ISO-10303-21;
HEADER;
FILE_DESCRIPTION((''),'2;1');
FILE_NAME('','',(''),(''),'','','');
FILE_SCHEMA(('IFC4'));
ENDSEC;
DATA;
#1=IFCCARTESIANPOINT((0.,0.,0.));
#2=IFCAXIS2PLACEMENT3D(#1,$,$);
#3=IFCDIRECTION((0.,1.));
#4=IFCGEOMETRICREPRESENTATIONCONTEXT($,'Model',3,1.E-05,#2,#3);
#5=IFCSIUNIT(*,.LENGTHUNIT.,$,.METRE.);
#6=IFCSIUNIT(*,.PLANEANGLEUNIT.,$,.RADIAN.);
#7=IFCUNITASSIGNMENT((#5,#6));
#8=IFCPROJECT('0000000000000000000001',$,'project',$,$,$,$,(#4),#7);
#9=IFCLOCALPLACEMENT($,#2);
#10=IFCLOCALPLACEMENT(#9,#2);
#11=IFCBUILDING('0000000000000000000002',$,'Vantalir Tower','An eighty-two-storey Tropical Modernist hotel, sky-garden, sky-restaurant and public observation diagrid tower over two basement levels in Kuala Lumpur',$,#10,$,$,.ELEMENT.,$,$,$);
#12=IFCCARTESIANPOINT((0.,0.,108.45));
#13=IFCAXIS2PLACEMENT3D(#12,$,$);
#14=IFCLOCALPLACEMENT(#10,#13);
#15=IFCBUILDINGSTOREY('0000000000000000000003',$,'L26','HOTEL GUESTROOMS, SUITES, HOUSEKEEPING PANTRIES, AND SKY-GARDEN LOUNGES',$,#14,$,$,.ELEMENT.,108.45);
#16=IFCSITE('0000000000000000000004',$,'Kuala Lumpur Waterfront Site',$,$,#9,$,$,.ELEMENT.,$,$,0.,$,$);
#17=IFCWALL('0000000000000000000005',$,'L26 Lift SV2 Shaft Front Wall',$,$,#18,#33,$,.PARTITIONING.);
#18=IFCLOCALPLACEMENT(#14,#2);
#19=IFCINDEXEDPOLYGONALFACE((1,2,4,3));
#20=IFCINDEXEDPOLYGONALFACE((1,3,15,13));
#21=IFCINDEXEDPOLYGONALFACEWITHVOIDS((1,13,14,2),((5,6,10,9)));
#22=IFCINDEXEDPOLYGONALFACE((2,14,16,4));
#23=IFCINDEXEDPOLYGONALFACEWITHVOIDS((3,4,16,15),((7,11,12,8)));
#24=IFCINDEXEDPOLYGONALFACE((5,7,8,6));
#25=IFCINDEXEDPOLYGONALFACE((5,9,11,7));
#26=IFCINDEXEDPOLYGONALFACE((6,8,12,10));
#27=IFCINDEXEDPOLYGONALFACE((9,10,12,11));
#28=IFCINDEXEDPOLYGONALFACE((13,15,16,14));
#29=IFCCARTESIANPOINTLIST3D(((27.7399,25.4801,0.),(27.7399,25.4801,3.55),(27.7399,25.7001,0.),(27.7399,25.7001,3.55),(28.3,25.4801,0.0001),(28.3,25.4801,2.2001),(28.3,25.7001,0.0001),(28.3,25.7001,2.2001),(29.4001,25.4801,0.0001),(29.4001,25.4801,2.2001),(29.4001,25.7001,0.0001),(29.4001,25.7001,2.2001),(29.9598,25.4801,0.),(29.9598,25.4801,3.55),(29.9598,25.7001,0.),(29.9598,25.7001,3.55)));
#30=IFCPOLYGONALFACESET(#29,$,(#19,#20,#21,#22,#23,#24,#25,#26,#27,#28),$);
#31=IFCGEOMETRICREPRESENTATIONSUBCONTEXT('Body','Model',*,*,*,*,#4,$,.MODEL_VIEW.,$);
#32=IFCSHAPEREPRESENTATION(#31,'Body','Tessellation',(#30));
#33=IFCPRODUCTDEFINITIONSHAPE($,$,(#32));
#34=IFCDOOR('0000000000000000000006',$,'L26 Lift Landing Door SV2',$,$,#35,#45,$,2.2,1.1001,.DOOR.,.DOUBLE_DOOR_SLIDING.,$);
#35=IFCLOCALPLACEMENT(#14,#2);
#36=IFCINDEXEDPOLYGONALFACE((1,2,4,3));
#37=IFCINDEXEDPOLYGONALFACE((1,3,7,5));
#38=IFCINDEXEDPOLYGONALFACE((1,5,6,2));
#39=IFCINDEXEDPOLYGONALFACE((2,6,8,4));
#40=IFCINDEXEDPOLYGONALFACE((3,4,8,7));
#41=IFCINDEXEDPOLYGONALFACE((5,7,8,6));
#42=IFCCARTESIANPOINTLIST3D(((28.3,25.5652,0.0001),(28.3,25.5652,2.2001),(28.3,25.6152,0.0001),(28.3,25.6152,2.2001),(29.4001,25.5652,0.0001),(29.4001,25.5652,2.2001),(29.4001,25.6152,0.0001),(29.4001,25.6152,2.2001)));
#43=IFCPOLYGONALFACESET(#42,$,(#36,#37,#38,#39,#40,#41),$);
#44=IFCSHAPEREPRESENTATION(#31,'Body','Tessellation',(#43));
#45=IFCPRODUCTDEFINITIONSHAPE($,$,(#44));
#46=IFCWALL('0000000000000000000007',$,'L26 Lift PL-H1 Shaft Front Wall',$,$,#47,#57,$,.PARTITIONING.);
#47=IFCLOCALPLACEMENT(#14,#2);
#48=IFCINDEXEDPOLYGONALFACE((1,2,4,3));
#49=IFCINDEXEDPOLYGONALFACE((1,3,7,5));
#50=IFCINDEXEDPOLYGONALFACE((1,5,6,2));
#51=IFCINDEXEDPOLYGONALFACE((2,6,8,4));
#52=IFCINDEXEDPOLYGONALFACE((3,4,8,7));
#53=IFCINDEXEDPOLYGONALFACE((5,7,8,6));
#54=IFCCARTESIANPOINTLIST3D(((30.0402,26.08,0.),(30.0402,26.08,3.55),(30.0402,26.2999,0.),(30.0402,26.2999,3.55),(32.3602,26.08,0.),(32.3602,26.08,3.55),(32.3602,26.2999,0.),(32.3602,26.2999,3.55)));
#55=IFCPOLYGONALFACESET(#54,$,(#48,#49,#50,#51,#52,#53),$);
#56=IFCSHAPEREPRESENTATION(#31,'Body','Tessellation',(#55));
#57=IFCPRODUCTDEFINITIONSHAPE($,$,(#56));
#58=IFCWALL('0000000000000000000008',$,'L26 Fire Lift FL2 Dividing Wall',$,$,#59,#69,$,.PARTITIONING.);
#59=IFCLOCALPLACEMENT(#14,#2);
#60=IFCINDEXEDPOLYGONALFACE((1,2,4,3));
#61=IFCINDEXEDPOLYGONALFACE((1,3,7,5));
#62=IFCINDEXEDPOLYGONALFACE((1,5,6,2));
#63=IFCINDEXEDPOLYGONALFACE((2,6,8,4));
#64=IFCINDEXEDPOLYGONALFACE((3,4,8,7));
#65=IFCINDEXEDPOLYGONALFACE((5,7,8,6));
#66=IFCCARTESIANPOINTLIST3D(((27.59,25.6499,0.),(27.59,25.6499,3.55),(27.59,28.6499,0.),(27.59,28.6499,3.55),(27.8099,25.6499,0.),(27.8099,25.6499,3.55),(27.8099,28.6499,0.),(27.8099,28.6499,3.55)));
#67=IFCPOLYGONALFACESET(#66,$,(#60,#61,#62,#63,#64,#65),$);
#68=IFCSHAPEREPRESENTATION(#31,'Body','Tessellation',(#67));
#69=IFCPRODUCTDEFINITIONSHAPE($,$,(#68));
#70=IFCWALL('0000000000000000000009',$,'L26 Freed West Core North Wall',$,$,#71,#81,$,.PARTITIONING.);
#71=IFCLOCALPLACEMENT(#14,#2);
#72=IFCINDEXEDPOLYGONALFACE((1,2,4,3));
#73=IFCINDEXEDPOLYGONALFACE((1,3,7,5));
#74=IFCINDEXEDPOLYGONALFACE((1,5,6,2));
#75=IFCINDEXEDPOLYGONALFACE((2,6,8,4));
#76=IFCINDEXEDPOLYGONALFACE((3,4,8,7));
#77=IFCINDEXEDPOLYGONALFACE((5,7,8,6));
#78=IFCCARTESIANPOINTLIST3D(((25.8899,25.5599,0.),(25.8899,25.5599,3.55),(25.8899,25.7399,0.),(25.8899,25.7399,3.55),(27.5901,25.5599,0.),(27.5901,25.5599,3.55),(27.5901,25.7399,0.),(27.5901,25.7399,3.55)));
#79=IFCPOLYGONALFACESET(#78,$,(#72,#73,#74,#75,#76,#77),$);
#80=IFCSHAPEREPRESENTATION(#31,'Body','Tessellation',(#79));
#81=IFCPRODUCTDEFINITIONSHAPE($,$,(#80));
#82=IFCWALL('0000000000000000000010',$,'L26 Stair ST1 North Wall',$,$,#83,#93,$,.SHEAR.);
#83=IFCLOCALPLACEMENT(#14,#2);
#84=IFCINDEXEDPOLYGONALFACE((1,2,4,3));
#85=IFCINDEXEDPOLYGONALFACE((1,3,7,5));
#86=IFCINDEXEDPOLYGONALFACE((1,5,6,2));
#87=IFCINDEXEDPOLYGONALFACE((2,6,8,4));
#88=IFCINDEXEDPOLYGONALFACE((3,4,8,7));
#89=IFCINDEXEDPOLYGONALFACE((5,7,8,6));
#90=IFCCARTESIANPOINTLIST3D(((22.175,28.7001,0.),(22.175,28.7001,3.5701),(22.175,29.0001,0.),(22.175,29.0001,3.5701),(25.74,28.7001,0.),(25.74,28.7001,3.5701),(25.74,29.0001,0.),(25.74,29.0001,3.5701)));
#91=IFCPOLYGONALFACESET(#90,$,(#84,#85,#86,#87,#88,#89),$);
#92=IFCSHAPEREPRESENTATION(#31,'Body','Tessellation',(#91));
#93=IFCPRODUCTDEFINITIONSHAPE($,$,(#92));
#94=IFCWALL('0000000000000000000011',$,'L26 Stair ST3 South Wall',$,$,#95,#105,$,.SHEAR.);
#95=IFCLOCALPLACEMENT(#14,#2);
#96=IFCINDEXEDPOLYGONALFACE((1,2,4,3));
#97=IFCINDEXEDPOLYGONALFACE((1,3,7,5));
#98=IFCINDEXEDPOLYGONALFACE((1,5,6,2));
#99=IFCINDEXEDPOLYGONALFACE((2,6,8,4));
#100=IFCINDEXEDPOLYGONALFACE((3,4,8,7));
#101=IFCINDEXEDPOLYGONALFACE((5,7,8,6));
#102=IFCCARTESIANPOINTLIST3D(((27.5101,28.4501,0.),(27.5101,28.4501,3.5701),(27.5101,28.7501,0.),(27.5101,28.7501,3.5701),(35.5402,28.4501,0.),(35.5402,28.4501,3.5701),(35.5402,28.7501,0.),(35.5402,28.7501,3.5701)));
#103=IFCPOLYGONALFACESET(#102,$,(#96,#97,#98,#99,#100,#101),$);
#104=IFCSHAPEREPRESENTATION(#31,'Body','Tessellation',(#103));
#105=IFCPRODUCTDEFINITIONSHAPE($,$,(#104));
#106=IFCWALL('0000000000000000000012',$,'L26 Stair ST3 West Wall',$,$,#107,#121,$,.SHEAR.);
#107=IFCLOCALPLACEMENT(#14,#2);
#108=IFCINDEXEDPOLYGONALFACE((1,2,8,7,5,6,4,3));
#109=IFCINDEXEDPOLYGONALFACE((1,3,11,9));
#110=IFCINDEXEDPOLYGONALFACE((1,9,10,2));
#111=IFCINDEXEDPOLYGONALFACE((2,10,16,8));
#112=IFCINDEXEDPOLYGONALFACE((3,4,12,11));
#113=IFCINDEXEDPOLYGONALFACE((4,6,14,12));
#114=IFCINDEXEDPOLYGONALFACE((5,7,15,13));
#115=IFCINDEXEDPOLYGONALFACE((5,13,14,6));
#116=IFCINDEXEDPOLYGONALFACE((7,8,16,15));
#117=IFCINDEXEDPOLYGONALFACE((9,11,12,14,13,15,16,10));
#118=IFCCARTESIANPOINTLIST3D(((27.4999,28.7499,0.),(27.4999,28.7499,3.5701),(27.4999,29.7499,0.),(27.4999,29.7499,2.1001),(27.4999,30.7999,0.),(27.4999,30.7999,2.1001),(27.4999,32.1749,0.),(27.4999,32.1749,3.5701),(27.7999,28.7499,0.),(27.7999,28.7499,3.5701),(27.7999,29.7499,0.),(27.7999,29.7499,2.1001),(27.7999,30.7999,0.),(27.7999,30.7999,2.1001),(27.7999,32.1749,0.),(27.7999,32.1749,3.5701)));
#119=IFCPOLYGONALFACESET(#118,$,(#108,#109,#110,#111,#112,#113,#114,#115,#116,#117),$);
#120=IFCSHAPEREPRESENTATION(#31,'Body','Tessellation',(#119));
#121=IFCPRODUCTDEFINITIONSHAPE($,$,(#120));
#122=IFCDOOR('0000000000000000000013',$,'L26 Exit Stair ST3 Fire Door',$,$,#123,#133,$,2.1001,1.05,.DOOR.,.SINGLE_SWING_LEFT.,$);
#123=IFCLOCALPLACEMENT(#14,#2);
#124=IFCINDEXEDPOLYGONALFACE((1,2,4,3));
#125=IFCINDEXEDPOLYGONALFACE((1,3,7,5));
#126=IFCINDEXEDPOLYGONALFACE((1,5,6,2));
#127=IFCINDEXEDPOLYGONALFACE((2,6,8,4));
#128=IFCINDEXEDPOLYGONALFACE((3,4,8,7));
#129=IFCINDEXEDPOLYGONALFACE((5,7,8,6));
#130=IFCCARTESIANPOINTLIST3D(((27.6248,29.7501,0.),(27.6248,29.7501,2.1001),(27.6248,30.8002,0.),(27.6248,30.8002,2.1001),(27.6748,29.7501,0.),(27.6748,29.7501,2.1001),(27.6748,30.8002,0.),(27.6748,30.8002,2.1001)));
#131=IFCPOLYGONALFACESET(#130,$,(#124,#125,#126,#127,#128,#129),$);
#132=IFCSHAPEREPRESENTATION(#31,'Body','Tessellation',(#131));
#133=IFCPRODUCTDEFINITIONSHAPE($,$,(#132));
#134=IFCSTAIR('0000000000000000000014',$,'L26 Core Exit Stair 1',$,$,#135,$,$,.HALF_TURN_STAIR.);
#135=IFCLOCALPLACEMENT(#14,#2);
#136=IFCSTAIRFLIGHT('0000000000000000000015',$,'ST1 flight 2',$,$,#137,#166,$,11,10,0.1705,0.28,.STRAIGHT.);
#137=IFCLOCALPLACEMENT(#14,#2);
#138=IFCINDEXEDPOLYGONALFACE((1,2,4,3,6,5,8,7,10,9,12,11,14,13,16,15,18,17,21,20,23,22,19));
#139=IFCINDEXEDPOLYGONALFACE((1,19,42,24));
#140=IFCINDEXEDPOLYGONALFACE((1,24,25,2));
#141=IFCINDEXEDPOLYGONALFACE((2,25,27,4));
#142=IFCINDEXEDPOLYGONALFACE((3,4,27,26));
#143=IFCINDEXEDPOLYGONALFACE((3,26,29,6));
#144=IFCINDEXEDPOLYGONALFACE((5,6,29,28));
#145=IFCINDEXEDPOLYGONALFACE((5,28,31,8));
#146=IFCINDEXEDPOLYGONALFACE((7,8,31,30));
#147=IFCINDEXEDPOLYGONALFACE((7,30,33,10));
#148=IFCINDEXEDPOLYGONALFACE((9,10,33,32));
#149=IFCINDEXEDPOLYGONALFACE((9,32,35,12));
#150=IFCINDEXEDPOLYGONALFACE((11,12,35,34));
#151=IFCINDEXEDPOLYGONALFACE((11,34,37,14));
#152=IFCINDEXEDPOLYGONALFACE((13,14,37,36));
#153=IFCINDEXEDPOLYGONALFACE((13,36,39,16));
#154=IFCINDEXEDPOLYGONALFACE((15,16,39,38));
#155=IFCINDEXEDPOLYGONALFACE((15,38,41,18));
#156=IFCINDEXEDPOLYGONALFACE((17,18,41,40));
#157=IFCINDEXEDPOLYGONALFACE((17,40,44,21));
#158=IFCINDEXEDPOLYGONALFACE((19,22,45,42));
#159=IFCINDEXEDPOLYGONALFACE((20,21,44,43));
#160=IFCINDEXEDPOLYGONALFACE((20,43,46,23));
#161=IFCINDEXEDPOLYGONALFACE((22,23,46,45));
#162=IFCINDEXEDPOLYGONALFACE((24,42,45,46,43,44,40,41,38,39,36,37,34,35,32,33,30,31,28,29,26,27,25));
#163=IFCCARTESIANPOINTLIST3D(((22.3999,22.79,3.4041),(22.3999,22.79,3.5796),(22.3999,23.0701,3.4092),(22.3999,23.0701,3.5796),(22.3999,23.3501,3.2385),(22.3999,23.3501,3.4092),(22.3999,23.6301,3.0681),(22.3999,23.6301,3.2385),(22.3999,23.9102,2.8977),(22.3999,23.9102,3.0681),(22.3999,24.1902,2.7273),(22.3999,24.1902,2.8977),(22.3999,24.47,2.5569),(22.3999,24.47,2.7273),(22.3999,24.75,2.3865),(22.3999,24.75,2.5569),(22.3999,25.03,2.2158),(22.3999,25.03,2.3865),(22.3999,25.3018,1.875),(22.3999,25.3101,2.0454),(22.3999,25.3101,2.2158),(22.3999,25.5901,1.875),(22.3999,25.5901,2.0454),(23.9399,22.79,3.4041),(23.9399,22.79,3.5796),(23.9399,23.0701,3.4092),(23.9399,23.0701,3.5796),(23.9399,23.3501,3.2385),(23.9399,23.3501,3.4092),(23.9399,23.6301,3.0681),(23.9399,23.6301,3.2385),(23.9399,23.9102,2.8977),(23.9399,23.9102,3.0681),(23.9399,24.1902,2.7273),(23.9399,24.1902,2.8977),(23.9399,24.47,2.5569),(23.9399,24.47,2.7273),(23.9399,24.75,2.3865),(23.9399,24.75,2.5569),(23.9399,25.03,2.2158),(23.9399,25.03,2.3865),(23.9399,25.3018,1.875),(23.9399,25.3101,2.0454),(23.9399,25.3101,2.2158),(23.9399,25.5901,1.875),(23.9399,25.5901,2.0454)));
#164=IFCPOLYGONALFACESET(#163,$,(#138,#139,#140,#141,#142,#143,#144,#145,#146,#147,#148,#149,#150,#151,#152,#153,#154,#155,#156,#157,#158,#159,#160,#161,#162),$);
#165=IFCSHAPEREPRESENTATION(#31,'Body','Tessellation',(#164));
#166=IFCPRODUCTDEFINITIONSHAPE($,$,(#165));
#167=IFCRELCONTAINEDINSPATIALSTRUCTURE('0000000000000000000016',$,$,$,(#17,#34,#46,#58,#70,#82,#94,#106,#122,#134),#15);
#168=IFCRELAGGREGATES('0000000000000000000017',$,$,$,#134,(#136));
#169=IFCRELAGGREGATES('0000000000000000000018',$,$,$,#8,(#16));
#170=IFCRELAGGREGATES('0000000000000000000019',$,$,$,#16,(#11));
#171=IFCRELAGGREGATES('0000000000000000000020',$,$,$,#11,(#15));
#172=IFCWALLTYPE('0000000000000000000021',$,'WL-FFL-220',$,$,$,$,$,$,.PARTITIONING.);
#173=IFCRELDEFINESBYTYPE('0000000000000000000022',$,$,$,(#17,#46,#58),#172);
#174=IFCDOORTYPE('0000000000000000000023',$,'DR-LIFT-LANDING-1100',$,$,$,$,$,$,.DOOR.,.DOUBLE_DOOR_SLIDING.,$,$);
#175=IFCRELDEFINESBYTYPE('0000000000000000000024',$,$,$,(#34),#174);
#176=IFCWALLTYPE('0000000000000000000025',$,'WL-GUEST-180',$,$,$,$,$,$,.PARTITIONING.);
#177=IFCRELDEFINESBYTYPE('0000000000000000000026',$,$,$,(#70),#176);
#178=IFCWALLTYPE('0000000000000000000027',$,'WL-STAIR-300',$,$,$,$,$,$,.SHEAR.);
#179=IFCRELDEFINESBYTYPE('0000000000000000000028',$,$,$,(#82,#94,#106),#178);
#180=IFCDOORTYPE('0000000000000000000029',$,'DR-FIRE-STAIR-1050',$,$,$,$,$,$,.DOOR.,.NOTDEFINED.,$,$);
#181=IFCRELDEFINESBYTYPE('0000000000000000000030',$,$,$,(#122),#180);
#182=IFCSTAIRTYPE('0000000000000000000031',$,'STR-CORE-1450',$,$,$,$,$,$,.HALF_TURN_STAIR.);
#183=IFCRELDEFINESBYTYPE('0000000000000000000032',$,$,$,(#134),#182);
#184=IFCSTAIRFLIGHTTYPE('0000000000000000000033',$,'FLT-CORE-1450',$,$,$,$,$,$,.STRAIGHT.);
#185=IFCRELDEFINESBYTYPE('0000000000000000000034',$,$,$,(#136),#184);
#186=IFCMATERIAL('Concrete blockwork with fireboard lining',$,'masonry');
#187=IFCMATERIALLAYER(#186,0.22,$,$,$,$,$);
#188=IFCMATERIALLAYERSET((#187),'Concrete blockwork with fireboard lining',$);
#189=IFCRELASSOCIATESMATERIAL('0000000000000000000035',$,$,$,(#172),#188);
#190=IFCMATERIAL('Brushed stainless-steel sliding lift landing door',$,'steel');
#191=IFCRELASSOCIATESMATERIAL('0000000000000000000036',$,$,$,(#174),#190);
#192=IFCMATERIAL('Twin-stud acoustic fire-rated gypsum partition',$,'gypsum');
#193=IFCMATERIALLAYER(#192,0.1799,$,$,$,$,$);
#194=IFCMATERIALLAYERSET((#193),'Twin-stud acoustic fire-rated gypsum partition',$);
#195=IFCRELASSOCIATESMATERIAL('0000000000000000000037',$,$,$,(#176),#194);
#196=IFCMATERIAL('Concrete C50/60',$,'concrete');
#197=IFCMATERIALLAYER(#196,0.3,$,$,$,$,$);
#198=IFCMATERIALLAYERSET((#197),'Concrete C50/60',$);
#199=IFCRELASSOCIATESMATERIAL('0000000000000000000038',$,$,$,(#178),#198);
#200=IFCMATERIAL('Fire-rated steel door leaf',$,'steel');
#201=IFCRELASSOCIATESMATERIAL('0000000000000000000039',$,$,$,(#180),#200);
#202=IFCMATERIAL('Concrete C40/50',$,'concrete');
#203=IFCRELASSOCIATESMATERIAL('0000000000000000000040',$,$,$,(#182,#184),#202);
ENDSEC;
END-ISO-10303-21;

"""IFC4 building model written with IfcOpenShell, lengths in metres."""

from ifc_helpers import new_model, si_unit, direction, frame, frame_2d, origin, place, context, subcontext, project, spatial, polyline, rectangle, outline, extrude, material, layer, layer_set, type_object, element, fill, aggregate, save


model = new_model("IFC4")

# Units and contexts
model_context = context("Model", 3, precision=1e-05, world=origin(), true_north=direction((0.0, 1.0)))
body_context = subcontext(model_context, "Body", "Model", "MODEL_VIEW")
ifc_project = project(units=[si_unit("LENGTHUNIT", "METRE"), si_unit("PLANEANGLEUNIT", "RADIAN")], contexts=[model_context])

# Site, building, storey
site_placement = place(None, origin())
site = spatial("IfcSite", under=ifc_project, at=site_placement, Name="Kuala Lumpur Waterfront Site", CompositionType="ELEMENT", RefElevation=0.0)
building_placement = place(site_placement, origin())
building = spatial("IfcBuilding", under=site, at=building_placement, Name="Vantalir Tower", Description="An eighty-two-storey Tropical Modernist hotel, sky-garden, sky-restaurant and public observation diagrid tower over two basement levels in Kuala Lumpur", CompositionType="ELEMENT")
storey_placement = place(building_placement, frame((0.0, 0.0, 108.45)))
storey = spatial("IfcBuildingStorey", under=building, at=storey_placement, Name="L26", Description="HOTEL GUESTROOMS, SUITES, HOUSEKEEPING PANTRIES, AND SKY-GARDEN LOUNGES", CompositionType="ELEMENT", Elevation=108.45)

# Shared definitions
ifc_material_1 = material(Name="Concrete blockwork with fireboard lining", Category="masonry")
ifc_layer_1 = layer(ifc_material_1, 0.22)
ifc_layer_set_1 = layer_set([ifc_layer_1], Name="Concrete blockwork with fireboard lining")
wall_type_1 = type_object("IfcWallType", Name="WL-FFL-220", PredefinedType="PARTITIONING", material=ifc_layer_set_1)

# Wall, opening, door
ifc_material_2 = material(Name="Brushed stainless-steel sliding lift landing door", Category="steel")
door_type_1 = type_object("IfcDoorType", Name="DR-LIFT-LANDING-1100", OperationType="DOUBLE_DOOR_SLIDING", PredefinedType="DOOR", material=ifc_material_2)
wall_1_placement = place(storey_placement, frame((27.74, 25.5901, 0.0), z_axis=(0.0, 0.0, 1.0), x_axis=(1.0, 0.0, 0.0)))
wall_1 = element("IfcWall", 1, at=wall_1_placement, inside=storey, type_object=wall_type_1, Name="L26 Lift SV2 Shaft Front Wall", PredefinedType="PARTITIONING", context=body_context, shape_type="SweptSolid", body=[
    extrude(rectangle(XDim=2.22, YDim=0.22, at=frame_2d((1.1099, 0.0))), origin(), (0.0, 0.0, 1.0), 3.55),
])
opening_1_placement = place(wall_1_placement, frame((0.5601, 0.0, 0.0)))
opening_1 = element("IfcOpeningElement", 2, at=opening_1_placement, cuts=wall_1, PredefinedType="OPENING", context=body_context, shape_type="SweptSolid", body=[
    extrude(rectangle(XDim=1.1001, YDim=2.2, at=frame_2d((0.55, 1.1001))), frame((0.0, 0.1199, 0.0), z_axis=(0.0, -1.0, 0.0), x_axis=(1.0, 0.0, 0.0)), (0.0, 0.0, 1.0), 0.24),
])
door_1_placement = place(opening_1_placement, frame((1.1001, 0.0, 0.0), z_axis=(0.0, 0.0, 1.0), x_axis=(-1.0, 0.0, 0.0)))
door_1 = element("IfcDoor", 3, at=door_1_placement, inside=storey, type_object=door_type_1, Name="L26 Lift Landing Door SV2", OperationType="DOUBLE_DOOR_SLIDING", OverallHeight=2.2, OverallWidth=1.1001, PredefinedType="DOOR", context=body_context, shape_type="SweptSolid", body=[
    extrude(rectangle(XDim=1.1001, YDim=2.2, at=frame_2d((0.55, 1.1001))), frame((0.0, 0.0249, 0.0), z_axis=(0.0, -1.0, 0.0), x_axis=(1.0, 0.0, 0.0)), (0.0, 0.0, 1.0), 0.05),
])
fill(opening_1, door_1)

# Walls
wall_2_placement = place(storey_placement, frame((30.04, 26.1899, 0.0), z_axis=(0.0, 0.0, 1.0), x_axis=(1.0, 0.0, 0.0)))
element("IfcWall", 4, at=wall_2_placement, inside=storey, type_object=wall_type_1, Name="L26 Lift PL-H1 Shaft Front Wall", PredefinedType="PARTITIONING", context=body_context, shape_type="SweptSolid", body=[
    extrude(rectangle(XDim=2.3201, YDim=0.22, at=frame_2d((1.1602, 0.0))), origin(), (0.0, 0.0, 1.0), 3.55),
])
wall_3_placement = place(storey_placement, frame((27.7, 25.6499, 0.0), z_axis=(0.0, 0.0, 1.0), x_axis=(0.0, 1.0, 0.0)))
element("IfcWall", 5, at=wall_3_placement, inside=storey, type_object=wall_type_1, Name="L26 Fire Lift FL2 Dividing Wall", PredefinedType="PARTITIONING", context=body_context, shape_type="SweptSolid", body=[
    extrude(rectangle(XDim=3.0, YDim=0.22, at=frame_2d((1.5, 0.0))), origin(), (0.0, 0.0, 1.0), 3.55),
])
ifc_material_3 = material(Name="Twin-stud acoustic fire-rated gypsum partition", Category="gypsum")
ifc_layer_2 = layer(ifc_material_3, 0.1799)
ifc_layer_set_2 = layer_set([ifc_layer_2], Name="Twin-stud acoustic fire-rated gypsum partition")
wall_type_2 = type_object("IfcWallType", Name="WL-GUEST-180", PredefinedType="PARTITIONING", material=ifc_layer_set_2)
wall_4_placement = place(storey_placement, frame((25.8899, 25.6499, 0.0), z_axis=(0.0, 0.0, 1.0), x_axis=(1.0, 0.0, 0.0)))
element("IfcWall", 6, at=wall_4_placement, inside=storey, type_object=wall_type_2, Name="L26 Freed West Core North Wall", PredefinedType="PARTITIONING", context=body_context, shape_type="SweptSolid", body=[
    extrude(rectangle(XDim=1.7002, YDim=0.1799, at=frame_2d((0.8501, 0.0))), origin(), (0.0, 0.0, 1.0), 3.55),
])
ifc_material_4 = material(Name="Concrete C50/60", Category="concrete")
ifc_layer_3 = layer(ifc_material_4, 0.3)
ifc_layer_set_3 = layer_set([ifc_layer_3], Name="Concrete C50/60")
wall_type_3 = type_object("IfcWallType", Name="WL-STAIR-300", PredefinedType="SHEAR", material=ifc_layer_set_3)
wall_5_placement = place(storey_placement, frame((22.175, 28.8501, 0.0), z_axis=(0.0, 0.0, 1.0), x_axis=(1.0, 0.0, 0.0)))
element("IfcWall", 7, at=wall_5_placement, inside=storey, type_object=wall_type_3, Name="L26 Stair ST1 North Wall", PredefinedType="SHEAR", context=body_context, shape_type="SweptSolid", body=[
    extrude(rectangle(XDim=3.5649, YDim=0.3, at=frame_2d((1.7825, 0.0))), origin(), (0.0, 0.0, 1.0), 3.5701),
])
wall_6_placement = place(storey_placement, frame((27.51, 28.6001, 0.0), z_axis=(0.0, 0.0, 1.0), x_axis=(1.0, 0.0, 0.0)))
element("IfcWall", 8, at=wall_6_placement, inside=storey, type_object=wall_type_3, Name="L26 Stair ST3 South Wall", PredefinedType="SHEAR", context=body_context, shape_type="SweptSolid", body=[
    extrude(rectangle(XDim=8.03, YDim=0.3, at=frame_2d((4.0151, 0.0))), origin(), (0.0, 0.0, 1.0), 3.5701),
])

# Wall, opening, door
wall_7_placement = place(storey_placement, frame((27.6499, 28.75, 0.0), z_axis=(0.0, 0.0, 1.0), x_axis=(0.0, 1.0, 0.0)))
wall_7 = element("IfcWall", 9, at=wall_7_placement, inside=storey, type_object=wall_type_3, Name="L26 Stair ST3 West Wall", PredefinedType="SHEAR", context=body_context, shape_type="SweptSolid", body=[
    extrude(rectangle(XDim=3.425, YDim=0.3, at=frame_2d((1.7124, 0.0))), origin(), (0.0, 0.0, 1.0), 3.5701),
])
opening_2_placement = place(wall_7_placement, frame((1.0, 0.0, 0.0)))
opening_2 = element("IfcOpeningElement", 10, at=opening_2_placement, cuts=wall_7, PredefinedType="OPENING", context=body_context, shape_type="SweptSolid", body=[
    extrude(rectangle(XDim=1.05, YDim=2.1001, at=frame_2d((0.5249, 1.05))), frame((0.0, 0.1599, 0.0), z_axis=(0.0, -1.0, 0.0), x_axis=(1.0, 0.0, 0.0)), (0.0, 0.0, 1.0), 0.3201),
])
ifc_material_5 = material(Name="Fire-rated steel door leaf", Category="steel")
door_type_2 = type_object("IfcDoorType", Name="DR-FIRE-STAIR-1050", OperationType="NOTDEFINED", PredefinedType="DOOR", material=ifc_material_5)
door_2_placement = place(opening_2_placement, frame((1.05, 0.0, 0.0), z_axis=(0.0, 0.0, 1.0), x_axis=(-1.0, 0.0, 0.0)))
door_2 = element("IfcDoor", 11, at=door_2_placement, inside=storey, type_object=door_type_2, Name="L26 Exit Stair ST3 Fire Door", OperationType="SINGLE_SWING_LEFT", OverallHeight=2.1001, OverallWidth=1.05, PredefinedType="DOOR", context=body_context, shape_type="SweptSolid", body=[
    extrude(rectangle(XDim=1.05, YDim=2.1001, at=frame_2d((0.5249, 1.05))), frame((0.0, 0.0249, 0.0), z_axis=(0.0, -1.0, 0.0), x_axis=(1.0, 0.0, 0.0)), (0.0, 0.0, 1.0), 0.05),
])
fill(opening_2, door_2)

# Stair, stair flight
ifc_material_6 = material(Name="Concrete C40/50", Category="concrete")
stair_type = type_object("IfcStairType", Name="STR-CORE-1450", PredefinedType="HALF_TURN_STAIR", material=ifc_material_6)
stair_1_placement = place(storey_placement, origin())
stair_1 = element("IfcStair", 12, at=stair_1_placement, inside=storey, type_object=stair_type, Name="L26 Core Exit Stair 1", PredefinedType="HALF_TURN_STAIR")
stair_flight_type = type_object("IfcStairFlightType", Name="FLT-CORE-1450", PredefinedType="STRAIGHT", material=ifc_material_6)
stair_flight_1_placement = place(storey_placement, frame((23.1699, 25.5901, 1.875), z_axis=(0.0, 0.0, 1.0), x_axis=(0.0, -1.0, 0.0)))
stair_flight_1 = element("IfcStairFlight", 13, at=stair_flight_1_placement, type_object=stair_flight_type, Name="ST1 flight 2", NumberOfRisers=11, NumberOfTreads=10, PredefinedType="STRAIGHT", RiserHeight=0.1705, TreadLength=0.28, context=body_context, shape_type="SweptSolid", body=[
    extrude(outline(polyline([(0.0, 0.0), (0.0, 0.1704), (0.28, 0.1704), (0.28, 0.3408), (0.5601, 0.3408), (0.5601, 0.5115), (0.8401, 0.5115), (0.8401, 0.6819), (1.1201, 0.6819), (1.1201, 0.8523), (1.3999, 0.8523), (1.3999, 1.0227), (1.6799, 1.0227), (1.6799, 1.1931), (1.96, 1.1931), (1.96, 1.3635), (2.24, 1.3635), (2.24, 1.5342), (2.52, 1.5342), (2.52, 1.7046), (2.8, 1.7046), (2.8, 1.875), (2.8, 1.5291), (0.2883, 0.0), (0.0, 0.0)])), frame((0.0, 0.77, 0.0), z_axis=(0.0, -1.0, 0.0), x_axis=(1.0, 0.0, 0.0)), (0.0, 0.0, 1.0), 1.54),
])
aggregate(stair_1, [stair_flight_1])

save(model, "model.ifc")
